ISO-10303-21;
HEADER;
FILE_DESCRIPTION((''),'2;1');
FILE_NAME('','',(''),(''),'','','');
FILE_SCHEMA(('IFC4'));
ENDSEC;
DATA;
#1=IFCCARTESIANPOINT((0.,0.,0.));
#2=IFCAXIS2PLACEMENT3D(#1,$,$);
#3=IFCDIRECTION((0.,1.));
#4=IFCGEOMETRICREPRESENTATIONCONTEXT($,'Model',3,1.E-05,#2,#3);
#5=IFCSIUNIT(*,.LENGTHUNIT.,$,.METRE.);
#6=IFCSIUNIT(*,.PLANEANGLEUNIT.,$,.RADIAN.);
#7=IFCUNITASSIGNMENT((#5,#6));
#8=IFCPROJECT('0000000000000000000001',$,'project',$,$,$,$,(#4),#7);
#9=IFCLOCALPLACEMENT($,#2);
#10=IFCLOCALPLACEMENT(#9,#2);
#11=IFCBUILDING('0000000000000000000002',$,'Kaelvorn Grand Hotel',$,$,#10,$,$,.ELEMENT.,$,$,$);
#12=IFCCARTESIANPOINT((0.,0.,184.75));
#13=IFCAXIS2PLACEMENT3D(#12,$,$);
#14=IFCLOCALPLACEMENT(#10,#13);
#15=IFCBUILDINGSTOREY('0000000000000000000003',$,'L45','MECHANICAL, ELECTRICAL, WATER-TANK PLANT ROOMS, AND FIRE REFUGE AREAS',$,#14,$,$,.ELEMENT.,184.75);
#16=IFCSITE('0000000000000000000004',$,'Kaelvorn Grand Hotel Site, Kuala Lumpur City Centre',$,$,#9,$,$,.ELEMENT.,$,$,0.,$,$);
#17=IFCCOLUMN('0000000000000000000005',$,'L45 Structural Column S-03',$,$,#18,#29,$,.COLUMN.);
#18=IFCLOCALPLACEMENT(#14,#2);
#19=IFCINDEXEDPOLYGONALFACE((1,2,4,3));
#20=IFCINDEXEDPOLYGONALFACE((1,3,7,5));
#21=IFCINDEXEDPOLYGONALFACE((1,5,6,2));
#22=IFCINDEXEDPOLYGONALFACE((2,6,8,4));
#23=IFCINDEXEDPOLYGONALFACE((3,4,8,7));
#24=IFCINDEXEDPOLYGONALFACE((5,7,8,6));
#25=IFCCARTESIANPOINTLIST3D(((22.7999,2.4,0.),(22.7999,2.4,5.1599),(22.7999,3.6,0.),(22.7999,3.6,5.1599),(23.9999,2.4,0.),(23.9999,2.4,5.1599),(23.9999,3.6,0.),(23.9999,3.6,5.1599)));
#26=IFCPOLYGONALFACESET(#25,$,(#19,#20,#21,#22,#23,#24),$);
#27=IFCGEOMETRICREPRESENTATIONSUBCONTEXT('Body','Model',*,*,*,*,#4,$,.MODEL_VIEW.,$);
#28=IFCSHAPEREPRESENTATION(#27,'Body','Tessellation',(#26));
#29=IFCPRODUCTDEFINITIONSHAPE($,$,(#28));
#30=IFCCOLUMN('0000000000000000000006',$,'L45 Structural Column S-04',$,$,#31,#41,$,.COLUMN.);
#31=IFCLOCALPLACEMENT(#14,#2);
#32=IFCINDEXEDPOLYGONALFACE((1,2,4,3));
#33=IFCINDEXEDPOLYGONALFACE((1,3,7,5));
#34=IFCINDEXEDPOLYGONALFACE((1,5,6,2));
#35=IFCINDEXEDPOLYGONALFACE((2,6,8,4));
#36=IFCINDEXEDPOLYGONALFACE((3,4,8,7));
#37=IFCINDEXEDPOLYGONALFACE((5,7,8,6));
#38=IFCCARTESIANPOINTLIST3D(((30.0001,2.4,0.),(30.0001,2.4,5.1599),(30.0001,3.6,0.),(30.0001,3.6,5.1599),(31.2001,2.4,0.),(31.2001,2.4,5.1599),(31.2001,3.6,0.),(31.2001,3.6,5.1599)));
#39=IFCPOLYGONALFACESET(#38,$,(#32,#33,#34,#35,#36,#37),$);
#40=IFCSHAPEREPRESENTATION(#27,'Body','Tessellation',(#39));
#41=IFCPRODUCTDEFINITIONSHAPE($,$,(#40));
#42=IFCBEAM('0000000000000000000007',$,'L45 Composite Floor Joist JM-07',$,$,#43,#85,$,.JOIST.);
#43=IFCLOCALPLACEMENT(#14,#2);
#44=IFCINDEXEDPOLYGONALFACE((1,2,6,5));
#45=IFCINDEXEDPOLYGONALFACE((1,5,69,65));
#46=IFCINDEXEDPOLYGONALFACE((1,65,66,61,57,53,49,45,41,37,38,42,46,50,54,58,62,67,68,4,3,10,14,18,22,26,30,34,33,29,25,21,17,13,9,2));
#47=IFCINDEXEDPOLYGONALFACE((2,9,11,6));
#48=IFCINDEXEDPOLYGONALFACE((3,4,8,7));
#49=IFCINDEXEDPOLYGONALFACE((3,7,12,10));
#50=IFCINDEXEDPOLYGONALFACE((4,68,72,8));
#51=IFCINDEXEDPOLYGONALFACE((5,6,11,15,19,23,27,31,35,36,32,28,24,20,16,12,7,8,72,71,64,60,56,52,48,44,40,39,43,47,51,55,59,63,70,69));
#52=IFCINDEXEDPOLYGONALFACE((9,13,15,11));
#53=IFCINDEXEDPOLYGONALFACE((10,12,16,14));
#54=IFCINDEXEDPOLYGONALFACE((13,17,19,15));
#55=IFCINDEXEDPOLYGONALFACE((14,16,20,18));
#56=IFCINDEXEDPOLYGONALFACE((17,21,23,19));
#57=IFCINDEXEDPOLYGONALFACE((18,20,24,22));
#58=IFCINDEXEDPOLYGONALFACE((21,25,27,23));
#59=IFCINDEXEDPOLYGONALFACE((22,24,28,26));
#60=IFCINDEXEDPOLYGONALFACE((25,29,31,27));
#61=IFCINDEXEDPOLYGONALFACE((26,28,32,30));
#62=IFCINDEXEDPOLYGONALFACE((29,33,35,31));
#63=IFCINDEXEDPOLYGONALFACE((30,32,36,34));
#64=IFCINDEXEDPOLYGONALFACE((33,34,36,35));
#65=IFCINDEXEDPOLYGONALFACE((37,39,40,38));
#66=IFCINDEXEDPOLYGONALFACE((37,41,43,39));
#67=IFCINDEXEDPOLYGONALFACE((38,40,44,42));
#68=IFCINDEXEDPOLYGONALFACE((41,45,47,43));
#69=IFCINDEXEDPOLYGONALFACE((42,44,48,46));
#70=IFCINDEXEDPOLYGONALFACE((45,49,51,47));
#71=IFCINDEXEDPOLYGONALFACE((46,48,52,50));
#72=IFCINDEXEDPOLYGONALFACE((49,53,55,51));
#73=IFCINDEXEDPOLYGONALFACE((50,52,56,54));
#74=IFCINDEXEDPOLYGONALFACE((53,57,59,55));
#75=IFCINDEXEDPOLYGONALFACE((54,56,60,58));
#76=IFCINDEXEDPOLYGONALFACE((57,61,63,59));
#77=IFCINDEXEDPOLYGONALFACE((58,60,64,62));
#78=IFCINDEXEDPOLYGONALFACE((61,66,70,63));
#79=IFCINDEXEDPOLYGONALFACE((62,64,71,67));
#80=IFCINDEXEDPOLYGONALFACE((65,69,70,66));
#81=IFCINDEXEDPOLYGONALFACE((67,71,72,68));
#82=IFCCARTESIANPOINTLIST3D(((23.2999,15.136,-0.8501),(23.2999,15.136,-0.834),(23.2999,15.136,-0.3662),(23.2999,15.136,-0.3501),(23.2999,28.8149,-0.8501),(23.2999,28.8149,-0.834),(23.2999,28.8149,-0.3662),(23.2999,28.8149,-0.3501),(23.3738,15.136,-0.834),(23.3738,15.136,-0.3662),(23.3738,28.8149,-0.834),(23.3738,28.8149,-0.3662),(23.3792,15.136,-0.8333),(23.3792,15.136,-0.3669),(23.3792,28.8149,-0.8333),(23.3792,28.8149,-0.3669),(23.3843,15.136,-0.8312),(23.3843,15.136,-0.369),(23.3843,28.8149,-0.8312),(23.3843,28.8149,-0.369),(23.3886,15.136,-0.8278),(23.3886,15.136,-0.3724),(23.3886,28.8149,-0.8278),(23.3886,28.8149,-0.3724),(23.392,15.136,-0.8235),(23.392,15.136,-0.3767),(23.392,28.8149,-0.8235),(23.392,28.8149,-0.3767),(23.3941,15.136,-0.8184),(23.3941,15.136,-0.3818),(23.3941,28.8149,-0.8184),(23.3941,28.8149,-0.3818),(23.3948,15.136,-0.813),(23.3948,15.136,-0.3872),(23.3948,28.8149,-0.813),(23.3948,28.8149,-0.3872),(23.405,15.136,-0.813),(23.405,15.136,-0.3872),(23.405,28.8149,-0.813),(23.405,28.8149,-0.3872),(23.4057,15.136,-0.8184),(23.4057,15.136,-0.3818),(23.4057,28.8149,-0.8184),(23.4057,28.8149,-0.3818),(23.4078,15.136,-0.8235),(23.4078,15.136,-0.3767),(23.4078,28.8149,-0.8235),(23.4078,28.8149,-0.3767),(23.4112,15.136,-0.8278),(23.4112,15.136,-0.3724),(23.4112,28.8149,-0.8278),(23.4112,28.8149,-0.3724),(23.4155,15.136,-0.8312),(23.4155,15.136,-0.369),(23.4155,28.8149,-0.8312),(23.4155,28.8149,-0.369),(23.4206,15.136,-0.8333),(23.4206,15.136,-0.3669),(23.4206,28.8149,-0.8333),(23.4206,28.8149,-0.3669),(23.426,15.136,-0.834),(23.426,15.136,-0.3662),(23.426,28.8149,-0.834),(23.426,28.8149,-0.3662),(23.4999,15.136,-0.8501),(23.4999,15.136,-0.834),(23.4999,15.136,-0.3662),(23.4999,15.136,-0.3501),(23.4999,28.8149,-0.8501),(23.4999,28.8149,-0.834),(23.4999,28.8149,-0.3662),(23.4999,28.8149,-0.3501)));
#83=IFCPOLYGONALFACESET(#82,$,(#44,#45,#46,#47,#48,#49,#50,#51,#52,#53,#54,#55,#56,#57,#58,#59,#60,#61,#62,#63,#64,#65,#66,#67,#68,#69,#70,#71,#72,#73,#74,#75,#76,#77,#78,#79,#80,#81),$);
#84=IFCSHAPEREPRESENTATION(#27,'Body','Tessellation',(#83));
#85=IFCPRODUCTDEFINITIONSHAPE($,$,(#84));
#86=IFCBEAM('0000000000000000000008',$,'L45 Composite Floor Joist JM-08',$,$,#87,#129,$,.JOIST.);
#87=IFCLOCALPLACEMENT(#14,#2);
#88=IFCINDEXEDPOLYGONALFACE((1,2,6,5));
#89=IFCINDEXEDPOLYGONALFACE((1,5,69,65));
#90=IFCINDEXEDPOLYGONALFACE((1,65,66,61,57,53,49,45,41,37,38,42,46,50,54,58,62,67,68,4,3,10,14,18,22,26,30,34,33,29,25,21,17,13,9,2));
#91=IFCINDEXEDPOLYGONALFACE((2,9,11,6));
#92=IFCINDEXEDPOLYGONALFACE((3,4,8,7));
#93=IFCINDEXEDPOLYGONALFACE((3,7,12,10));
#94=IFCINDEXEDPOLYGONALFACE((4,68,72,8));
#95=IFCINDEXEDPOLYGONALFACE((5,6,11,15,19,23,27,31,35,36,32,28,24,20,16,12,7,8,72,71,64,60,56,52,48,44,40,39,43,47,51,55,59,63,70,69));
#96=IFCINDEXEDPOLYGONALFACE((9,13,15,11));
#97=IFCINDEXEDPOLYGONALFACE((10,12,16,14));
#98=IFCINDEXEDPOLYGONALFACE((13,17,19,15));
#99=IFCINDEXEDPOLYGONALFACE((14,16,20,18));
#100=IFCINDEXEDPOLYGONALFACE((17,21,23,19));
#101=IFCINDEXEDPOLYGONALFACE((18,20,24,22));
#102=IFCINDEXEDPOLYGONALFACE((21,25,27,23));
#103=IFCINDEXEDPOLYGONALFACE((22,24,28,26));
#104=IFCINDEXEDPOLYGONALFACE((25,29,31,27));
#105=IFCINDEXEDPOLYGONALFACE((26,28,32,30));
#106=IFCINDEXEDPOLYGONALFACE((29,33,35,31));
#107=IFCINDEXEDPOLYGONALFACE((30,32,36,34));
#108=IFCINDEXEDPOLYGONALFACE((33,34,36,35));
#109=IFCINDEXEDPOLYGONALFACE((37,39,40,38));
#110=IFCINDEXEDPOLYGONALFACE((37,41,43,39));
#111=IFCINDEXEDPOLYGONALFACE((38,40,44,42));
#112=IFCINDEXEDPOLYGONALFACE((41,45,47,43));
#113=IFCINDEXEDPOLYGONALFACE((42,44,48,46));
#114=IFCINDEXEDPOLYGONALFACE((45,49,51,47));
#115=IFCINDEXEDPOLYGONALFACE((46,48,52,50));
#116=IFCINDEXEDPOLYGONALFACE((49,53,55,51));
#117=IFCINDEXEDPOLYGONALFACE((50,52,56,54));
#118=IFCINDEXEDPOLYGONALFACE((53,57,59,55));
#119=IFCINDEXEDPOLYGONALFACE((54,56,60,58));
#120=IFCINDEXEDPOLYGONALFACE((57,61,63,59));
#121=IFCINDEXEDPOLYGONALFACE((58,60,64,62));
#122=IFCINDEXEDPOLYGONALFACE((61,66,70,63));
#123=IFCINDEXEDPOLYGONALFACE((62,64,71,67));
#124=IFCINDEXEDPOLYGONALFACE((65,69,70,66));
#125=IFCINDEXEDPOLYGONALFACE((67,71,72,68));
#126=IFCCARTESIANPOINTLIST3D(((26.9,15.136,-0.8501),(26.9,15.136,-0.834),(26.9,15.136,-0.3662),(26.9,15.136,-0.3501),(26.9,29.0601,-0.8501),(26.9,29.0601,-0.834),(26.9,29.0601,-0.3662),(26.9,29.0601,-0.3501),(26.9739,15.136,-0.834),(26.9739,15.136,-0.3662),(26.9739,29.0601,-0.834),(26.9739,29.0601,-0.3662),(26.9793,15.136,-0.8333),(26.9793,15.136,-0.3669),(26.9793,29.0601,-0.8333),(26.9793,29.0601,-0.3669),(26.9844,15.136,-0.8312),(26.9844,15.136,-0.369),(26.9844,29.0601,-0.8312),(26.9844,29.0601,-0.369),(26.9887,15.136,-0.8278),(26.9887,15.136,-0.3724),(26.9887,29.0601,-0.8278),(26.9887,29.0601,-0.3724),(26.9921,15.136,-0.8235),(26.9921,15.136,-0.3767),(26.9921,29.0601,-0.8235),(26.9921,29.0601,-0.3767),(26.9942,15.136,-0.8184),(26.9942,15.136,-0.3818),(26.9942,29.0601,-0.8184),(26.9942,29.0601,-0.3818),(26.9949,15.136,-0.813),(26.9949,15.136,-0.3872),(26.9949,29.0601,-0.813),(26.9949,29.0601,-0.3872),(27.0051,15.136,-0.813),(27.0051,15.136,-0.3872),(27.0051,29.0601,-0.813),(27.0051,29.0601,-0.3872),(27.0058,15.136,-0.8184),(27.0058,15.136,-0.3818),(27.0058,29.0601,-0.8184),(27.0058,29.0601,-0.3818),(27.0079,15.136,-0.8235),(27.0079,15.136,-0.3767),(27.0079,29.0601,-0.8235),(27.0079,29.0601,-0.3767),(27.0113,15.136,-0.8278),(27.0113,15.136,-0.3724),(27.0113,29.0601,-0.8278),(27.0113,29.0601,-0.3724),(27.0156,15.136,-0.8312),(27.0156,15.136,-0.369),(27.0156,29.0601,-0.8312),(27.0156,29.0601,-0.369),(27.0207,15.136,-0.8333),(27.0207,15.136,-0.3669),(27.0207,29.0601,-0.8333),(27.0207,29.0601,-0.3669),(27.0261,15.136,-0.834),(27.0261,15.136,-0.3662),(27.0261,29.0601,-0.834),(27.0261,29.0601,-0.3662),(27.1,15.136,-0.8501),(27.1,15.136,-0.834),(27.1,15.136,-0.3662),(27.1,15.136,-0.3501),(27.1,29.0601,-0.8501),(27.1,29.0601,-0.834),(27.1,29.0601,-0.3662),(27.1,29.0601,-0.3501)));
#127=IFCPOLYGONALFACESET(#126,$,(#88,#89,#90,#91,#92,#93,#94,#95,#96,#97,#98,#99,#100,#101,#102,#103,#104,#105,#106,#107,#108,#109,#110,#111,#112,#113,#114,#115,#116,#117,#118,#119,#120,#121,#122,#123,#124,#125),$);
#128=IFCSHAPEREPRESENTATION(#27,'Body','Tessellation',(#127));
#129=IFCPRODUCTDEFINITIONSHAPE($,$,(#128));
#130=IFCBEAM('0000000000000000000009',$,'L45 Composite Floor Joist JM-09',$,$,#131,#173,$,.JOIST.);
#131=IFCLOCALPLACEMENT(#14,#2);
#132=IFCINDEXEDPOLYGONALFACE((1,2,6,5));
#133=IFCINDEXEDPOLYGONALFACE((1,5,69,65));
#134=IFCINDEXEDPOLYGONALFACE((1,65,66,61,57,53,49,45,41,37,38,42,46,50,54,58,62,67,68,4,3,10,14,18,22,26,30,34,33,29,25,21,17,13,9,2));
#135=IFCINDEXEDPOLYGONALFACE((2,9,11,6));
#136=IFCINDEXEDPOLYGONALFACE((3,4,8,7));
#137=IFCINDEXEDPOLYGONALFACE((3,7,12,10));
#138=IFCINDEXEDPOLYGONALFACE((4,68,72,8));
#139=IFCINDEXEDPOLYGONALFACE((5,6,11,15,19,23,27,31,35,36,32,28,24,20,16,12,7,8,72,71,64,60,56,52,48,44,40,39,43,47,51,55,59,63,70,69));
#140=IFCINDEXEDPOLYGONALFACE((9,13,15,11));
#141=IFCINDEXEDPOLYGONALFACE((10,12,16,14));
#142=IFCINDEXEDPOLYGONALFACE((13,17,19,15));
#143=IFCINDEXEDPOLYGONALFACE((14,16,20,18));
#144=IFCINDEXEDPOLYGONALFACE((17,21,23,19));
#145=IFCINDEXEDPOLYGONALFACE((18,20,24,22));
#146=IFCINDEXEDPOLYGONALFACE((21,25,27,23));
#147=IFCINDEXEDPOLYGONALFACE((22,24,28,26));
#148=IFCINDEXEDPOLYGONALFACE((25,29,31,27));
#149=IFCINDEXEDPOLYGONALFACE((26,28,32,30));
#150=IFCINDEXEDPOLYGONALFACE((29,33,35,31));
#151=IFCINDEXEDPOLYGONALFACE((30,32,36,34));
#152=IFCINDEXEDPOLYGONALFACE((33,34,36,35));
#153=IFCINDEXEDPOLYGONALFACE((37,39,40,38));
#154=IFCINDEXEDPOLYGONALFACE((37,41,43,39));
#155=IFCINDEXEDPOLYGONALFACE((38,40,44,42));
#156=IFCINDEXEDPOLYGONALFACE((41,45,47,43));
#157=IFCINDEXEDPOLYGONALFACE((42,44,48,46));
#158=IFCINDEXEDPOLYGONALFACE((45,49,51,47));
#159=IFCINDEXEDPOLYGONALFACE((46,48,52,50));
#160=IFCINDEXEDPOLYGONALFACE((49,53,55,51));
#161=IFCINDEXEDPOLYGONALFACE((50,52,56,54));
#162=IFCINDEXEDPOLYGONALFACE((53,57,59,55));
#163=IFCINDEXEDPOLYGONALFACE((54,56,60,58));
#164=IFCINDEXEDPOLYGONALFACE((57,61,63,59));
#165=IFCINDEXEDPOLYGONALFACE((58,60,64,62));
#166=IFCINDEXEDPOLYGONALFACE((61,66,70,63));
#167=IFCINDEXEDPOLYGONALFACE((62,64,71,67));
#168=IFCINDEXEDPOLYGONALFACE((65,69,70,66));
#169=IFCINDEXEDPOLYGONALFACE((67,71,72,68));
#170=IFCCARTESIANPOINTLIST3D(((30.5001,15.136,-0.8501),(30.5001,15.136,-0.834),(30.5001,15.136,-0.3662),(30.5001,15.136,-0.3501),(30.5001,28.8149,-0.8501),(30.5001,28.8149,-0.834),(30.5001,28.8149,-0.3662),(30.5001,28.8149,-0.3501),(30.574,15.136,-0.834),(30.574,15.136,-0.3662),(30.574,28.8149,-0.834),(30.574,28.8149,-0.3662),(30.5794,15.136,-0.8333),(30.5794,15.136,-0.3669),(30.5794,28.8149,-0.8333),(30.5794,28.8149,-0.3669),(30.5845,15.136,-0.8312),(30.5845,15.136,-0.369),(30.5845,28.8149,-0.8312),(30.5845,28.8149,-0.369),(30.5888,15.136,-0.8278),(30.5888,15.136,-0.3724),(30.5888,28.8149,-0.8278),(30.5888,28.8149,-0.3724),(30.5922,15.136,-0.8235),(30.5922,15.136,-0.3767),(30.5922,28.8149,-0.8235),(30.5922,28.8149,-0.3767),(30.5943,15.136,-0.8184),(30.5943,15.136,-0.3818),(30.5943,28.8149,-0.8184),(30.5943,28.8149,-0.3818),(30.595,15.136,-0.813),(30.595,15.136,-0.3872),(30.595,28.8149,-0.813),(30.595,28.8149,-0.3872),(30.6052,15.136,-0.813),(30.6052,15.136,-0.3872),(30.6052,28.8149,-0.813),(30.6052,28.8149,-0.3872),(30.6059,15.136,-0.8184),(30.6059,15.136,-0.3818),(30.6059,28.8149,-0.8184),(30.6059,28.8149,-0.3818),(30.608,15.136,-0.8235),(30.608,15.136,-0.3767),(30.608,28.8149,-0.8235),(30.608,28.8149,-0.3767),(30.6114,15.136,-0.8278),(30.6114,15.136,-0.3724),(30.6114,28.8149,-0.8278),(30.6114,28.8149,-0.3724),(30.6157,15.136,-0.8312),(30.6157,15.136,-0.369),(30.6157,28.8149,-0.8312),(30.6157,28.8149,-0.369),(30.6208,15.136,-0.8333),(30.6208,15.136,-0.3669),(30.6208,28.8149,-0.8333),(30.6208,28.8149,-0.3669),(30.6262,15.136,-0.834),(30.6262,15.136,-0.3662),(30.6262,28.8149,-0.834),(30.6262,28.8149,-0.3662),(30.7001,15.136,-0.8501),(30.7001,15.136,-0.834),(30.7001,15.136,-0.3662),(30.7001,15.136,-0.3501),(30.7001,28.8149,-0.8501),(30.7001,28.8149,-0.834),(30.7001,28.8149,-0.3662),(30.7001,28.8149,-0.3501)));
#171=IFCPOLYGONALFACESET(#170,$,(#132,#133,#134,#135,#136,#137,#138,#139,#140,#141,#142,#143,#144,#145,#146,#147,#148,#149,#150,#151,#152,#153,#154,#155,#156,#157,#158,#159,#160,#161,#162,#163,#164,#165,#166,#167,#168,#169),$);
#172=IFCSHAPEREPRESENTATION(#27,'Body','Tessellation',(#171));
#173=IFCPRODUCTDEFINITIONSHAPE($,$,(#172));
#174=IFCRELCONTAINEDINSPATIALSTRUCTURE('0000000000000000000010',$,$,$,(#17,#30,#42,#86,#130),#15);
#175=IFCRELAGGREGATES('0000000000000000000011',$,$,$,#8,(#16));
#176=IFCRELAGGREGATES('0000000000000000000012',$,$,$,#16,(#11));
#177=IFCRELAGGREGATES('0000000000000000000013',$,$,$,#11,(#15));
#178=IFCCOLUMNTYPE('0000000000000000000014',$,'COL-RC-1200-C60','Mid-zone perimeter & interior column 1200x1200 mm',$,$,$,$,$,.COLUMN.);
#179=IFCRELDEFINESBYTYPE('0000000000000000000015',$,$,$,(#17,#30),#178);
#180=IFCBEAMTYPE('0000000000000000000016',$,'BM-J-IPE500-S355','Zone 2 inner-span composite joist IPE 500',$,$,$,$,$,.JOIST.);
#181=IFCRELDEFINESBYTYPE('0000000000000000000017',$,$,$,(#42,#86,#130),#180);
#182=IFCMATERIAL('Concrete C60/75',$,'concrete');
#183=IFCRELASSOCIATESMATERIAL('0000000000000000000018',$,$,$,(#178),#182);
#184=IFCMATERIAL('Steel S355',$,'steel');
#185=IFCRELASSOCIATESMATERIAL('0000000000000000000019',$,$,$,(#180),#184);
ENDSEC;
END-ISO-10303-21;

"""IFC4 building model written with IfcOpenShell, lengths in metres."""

from ifc_helpers import new_model, si_unit, direction, frame, origin, origin_2d, place, context, subcontext, project, spatial, rectangle, i_section, extrude, material, material_profile, profile_set, type_object, element, save


model = new_model("IFC4")

# Units and contexts
model_context = context("Model", 3, precision=1e-05, world=origin(), true_north=direction((0.0, 1.0)))
body_context = subcontext(model_context, "Body", "Model", "MODEL_VIEW")
ifc_project = project(units=[si_unit("LENGTHUNIT", "METRE"), si_unit("PLANEANGLEUNIT", "RADIAN")], contexts=[model_context])

# Site, building, storey
site_placement = place(None, origin())
site = spatial("IfcSite", under=ifc_project, at=site_placement, Name="Kaelvorn Grand Hotel Site, Kuala Lumpur City Centre", CompositionType="ELEMENT", RefElevation=0.0)
building_placement = place(site_placement, origin())
building = spatial("IfcBuilding", under=site, at=building_placement, Name="Kaelvorn Grand Hotel", CompositionType="ELEMENT")
storey_placement = place(building_placement, frame((0.0, 0.0, 184.75)))
storey = spatial("IfcBuildingStorey", under=building, at=storey_placement, Name="L45", Description="MECHANICAL, ELECTRICAL, WATER-TANK PLANT ROOMS, AND FIRE REFUGE AREAS", CompositionType="ELEMENT", Elevation=184.75)

# Columns
ifc_material_1 = material(Name="Concrete C60/75", Category="concrete")
ifc_material_profile_1 = material_profile(ifc_material_1, rectangle(XDim=1.2, YDim=1.2, at=origin_2d()), Name="RC COL 1200x1200")
ifc_profile_set_1 = profile_set([ifc_material_profile_1], Name="Concrete C60/75")
column_type = type_object("IfcColumnType", Name="COL-RC-1200-C60", Description="Mid-zone perimeter & interior column 1200x1200 mm", PredefinedType="COLUMN", material=ifc_profile_set_1)
for number, where, z_axis, x_axis, name in (
    (1, (23.3999, 3.0, 0.0), (0.0, 0.0, 1.0), (1.0, 0.0, 0.0), "L45 Structural Column S-03"),
    (2, (30.6001, 3.0, 0.0), (0.0, 0.0, 1.0), (1.0, 0.0, 0.0), "L45 Structural Column S-04"),
):
    element("IfcColumn", number, at=place(storey_placement, frame(where, z_axis=z_axis, x_axis=x_axis)), inside=storey, type_object=column_type, Name=name, PredefinedType="COLUMN", context=body_context, shape_type="SweptSolid", body=[
        extrude(rectangle(XDim=1.2, YDim=1.2, at=origin_2d()), origin(), (0.0, 0.0, 1.0), 5.1599),
    ])

# Beams
ifc_material_2 = material(Name="Steel S355", Category="steel")
ifc_material_profile_2 = material_profile(ifc_material_2, i_section(OverallWidth=0.2, OverallDepth=0.5, WebThickness=0.0103, FlangeThickness=0.0161, FilletRadius=0.021, at=origin_2d()), Name="IPE 500")
ifc_profile_set_2 = profile_set([ifc_material_profile_2], Name="Steel S355")
beam_type_1 = type_object("IfcBeamType", Name="BM-J-IPE500-S355", Description="Zone 2 inner-span composite joist IPE 500", PredefinedType="JOIST", material=ifc_profile_set_2)
beam_1_placement = place(storey_placement, frame((23.3999, 15.136, -0.6001), z_axis=(0.0, 1.0, 0.0), x_axis=(-1.0, 0.0, 0.0)))
element("IfcBeam", 3, at=beam_1_placement, inside=storey, type_object=beam_type_1, Name="L45 Composite Floor Joist JM-07", PredefinedType="JOIST", context=body_context, shape_type="SweptSolid", body=[
    extrude(i_section(OverallWidth=0.2, OverallDepth=0.5, WebThickness=0.0103, FlangeThickness=0.0161, FilletRadius=0.021, at=origin_2d()), origin(), (0.0, 0.0, 1.0), 13.679),
])
beam_2_placement = place(storey_placement, frame((27.0, 15.136, -0.6001), z_axis=(0.0, 1.0, 0.0), x_axis=(-1.0, 0.0, 0.0)))
element("IfcBeam", 4, at=beam_2_placement, inside=storey, type_object=beam_type_1, Name="L45 Composite Floor Joist JM-08", PredefinedType="JOIST", context=body_context, shape_type="SweptSolid", body=[
    extrude(i_section(OverallWidth=0.2, OverallDepth=0.5, WebThickness=0.0103, FlangeThickness=0.0161, FilletRadius=0.021, at=origin_2d()), origin(), (0.0, 0.0, 1.0), 13.9241),
])
beam_3_placement = place(storey_placement, frame((30.6001, 15.136, -0.6001), z_axis=(0.0, 1.0, 0.0), x_axis=(-1.0, 0.0, 0.0)))
element("IfcBeam", 5, at=beam_3_placement, inside=storey, type_object=beam_type_1, Name="L45 Composite Floor Joist JM-09", PredefinedType="JOIST", context=body_context, shape_type="SweptSolid", body=[
    extrude(i_section(OverallWidth=0.2, OverallDepth=0.5, WebThickness=0.0103, FlangeThickness=0.0161, FilletRadius=0.021, at=origin_2d()), origin(), (0.0, 0.0, 1.0), 13.679),
])

save(model, "model.ifc")
